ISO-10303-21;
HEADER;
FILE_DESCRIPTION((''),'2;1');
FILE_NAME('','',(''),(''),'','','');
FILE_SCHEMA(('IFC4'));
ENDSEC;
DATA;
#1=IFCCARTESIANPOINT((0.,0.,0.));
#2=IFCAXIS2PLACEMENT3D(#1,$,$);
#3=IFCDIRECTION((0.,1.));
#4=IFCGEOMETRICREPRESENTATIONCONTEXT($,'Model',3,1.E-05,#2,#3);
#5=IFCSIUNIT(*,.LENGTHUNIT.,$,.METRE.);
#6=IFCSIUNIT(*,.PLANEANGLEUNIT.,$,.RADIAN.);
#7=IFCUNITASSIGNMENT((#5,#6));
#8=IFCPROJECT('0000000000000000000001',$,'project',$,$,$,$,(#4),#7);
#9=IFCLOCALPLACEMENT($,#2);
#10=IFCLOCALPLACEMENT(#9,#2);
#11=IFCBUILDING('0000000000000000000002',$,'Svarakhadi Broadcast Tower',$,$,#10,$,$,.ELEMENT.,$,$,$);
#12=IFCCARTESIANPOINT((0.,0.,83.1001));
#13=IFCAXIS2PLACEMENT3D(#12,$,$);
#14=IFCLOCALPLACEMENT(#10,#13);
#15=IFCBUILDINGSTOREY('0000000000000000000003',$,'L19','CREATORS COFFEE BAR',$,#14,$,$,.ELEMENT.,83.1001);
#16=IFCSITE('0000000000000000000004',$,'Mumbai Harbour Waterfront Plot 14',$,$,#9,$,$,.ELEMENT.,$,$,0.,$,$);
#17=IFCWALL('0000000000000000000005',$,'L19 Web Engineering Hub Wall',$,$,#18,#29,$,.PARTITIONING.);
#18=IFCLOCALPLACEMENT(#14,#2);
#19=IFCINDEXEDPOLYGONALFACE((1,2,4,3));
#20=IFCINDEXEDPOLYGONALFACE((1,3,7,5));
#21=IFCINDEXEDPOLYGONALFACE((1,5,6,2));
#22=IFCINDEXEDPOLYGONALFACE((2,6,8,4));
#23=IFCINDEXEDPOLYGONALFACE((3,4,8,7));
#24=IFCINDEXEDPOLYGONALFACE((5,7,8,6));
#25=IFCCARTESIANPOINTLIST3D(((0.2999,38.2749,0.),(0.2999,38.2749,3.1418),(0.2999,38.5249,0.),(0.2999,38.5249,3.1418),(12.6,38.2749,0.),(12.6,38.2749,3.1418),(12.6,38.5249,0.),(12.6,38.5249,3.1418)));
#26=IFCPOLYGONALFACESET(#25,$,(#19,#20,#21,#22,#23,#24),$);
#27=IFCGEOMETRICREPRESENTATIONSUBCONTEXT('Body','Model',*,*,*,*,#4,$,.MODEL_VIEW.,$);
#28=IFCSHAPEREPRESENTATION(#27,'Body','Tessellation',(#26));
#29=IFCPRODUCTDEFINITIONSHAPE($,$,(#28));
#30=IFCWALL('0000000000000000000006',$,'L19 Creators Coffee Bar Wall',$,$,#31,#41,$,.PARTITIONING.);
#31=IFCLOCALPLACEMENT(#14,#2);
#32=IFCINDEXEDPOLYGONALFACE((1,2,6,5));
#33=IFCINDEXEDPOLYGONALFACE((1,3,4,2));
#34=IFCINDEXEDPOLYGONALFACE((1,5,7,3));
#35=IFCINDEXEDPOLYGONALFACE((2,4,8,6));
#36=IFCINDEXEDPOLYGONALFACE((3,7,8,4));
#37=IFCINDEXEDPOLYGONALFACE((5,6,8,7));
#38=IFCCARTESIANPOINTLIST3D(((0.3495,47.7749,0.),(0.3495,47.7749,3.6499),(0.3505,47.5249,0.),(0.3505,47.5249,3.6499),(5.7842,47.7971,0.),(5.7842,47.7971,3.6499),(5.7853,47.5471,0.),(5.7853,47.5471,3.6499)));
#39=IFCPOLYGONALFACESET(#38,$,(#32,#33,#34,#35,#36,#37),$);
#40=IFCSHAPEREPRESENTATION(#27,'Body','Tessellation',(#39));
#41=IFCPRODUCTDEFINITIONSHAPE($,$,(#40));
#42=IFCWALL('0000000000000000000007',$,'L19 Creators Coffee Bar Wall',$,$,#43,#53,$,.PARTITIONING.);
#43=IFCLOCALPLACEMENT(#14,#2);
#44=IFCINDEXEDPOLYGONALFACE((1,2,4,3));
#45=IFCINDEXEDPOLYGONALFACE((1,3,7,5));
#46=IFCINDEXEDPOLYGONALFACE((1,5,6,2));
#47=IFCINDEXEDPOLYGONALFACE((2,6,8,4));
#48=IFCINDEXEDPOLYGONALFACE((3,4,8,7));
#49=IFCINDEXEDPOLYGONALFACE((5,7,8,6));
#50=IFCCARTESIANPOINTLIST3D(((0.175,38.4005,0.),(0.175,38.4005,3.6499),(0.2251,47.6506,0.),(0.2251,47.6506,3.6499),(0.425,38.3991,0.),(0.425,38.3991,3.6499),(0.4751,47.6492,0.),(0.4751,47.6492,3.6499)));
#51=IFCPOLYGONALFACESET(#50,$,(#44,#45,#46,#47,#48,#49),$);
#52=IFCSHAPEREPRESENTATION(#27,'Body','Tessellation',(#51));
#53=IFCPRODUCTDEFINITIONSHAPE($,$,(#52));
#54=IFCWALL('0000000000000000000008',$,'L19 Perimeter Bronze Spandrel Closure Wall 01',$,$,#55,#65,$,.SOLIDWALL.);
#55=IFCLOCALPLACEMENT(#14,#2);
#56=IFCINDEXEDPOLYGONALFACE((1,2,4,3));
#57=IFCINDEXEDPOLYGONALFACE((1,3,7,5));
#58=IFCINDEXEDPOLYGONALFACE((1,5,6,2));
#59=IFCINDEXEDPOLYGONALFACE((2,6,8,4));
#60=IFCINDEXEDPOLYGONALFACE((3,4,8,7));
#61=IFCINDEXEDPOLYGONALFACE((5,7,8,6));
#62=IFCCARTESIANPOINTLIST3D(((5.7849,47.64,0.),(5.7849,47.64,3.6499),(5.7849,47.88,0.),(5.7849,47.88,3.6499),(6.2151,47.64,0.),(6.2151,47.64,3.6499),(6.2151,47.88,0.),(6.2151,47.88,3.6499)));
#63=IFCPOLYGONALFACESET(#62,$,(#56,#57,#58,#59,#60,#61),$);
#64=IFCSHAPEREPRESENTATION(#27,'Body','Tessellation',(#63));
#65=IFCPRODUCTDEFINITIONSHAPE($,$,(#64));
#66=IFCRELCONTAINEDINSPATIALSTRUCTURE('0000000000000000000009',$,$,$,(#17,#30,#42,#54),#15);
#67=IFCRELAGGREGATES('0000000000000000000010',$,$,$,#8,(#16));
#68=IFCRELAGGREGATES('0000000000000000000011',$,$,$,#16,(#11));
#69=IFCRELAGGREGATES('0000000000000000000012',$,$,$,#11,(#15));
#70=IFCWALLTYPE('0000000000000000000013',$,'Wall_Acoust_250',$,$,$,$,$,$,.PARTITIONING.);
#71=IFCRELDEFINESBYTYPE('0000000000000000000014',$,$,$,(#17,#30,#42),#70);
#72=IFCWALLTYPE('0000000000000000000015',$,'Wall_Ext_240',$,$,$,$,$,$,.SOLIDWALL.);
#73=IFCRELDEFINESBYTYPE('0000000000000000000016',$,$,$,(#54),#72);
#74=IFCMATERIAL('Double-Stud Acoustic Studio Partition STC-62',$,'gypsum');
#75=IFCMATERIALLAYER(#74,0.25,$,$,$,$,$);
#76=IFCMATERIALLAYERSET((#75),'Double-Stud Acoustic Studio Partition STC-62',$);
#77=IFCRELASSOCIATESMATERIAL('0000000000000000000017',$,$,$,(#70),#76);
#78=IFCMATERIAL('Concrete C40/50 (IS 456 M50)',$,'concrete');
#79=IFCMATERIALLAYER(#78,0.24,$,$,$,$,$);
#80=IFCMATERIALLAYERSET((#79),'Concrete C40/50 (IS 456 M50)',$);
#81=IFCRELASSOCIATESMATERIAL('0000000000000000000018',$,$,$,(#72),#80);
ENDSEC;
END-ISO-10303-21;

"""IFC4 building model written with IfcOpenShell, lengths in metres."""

from ifc_helpers import new_model, si_unit, direction, frame, frame_2d, origin, place, context, subcontext, project, spatial, rectangle, extrude, material, layer, layer_set, type_object, element, save


model = new_model("IFC4")

# Units and contexts
model_context = context("Model", 3, precision=1e-05, world=origin(), true_north=direction((0.0, 1.0)))
body_context = subcontext(model_context, "Body", "Model", "MODEL_VIEW")
ifc_project = project(units=[si_unit("LENGTHUNIT", "METRE"), si_unit("PLANEANGLEUNIT", "RADIAN")], contexts=[model_context])

# Site, building, storey
site_placement = place(None, origin())
site = spatial("IfcSite", under=ifc_project, at=site_placement, Name="Mumbai Harbour Waterfront Plot 14", CompositionType="ELEMENT", RefElevation=0.0)
building_placement = place(site_placement, origin())
building = spatial("IfcBuilding", under=site, at=building_placement, Name="Svarakhadi Broadcast Tower", CompositionType="ELEMENT")
storey_placement = place(building_placement, frame((0.0, 0.0, 83.1001)))
storey = spatial("IfcBuildingStorey", under=building, at=storey_placement, Name="L19", Description="CREATORS COFFEE BAR", CompositionType="ELEMENT", Elevation=83.1001)

# Walls
ifc_material_1 = material(Name="Double-Stud Acoustic Studio Partition STC-62", Category="gypsum")
ifc_layer_1 = layer(ifc_material_1, 0.25)
ifc_layer_set_1 = layer_set([ifc_layer_1], Name="Double-Stud Acoustic Studio Partition STC-62")
wall_type_1 = type_object("IfcWallType", Name="Wall_Acoust_250", PredefinedType="PARTITIONING", material=ifc_layer_set_1)
wall_1_placement = place(storey_placement, frame((0.3, 38.3999, 0.0), z_axis=(0.0, 0.0, 1.0), x_axis=(1.0, 0.0, 0.0)))
element("IfcWall", 1, at=wall_1_placement, inside=storey, type_object=wall_type_1, Name="L19 Web Engineering Hub Wall", PredefinedType="PARTITIONING", context=body_context, shape_type="SweptSolid", body=[
    extrude(rectangle(XDim=12.3, YDim=0.25, at=frame_2d((6.1499, 0.0))), origin(), (0.0, 0.0, 1.0), 3.1418),
])
wall_2_placement = place(storey_placement, frame((0.3501, 47.6499, 0.0), z_axis=(0.0, 0.0, 1.0), x_axis=(0.999992, 0.004088, 0.0)))
element("IfcWall", 2, at=wall_2_placement, inside=storey, type_object=wall_type_1, Name="L19 Creators Coffee Bar Wall", PredefinedType="PARTITIONING", context=body_context, shape_type="SweptSolid", body=[
    extrude(rectangle(XDim=5.4348, YDim=0.25, at=frame_2d((2.7173, 0.0))), origin(), (0.0, 0.0, 1.0), 3.6499),
])
wall_3_placement = place(storey_placement, frame((0.3, 38.3999, 0.0), z_axis=(0.0, 0.0, 1.0), x_axis=(0.005411, 0.999985, 0.0)))
element("IfcWall", 3, at=wall_3_placement, inside=storey, type_object=wall_type_1, Name="L19 Creators Coffee Bar Wall", PredefinedType="PARTITIONING", context=body_context, shape_type="SweptSolid", body=[
    extrude(rectangle(XDim=9.2502, YDim=0.25, at=frame_2d((4.625, 0.0))), origin(), (0.0, 0.0, 1.0), 3.6499),
])
ifc_material_2 = material(Name="Concrete C40/50 (IS 456 M50)", Category="concrete")
ifc_layer_2 = layer(ifc_material_2, 0.24)
ifc_layer_set_2 = layer_set([ifc_layer_2], Name="Concrete C40/50 (IS 456 M50)")
wall_type_2 = type_object("IfcWallType", Name="Wall_Ext_240", PredefinedType="SOLIDWALL", material=ifc_layer_set_2)
wall_4_placement = place(storey_placement, frame((5.7849, 47.76, 0.0), z_axis=(0.0, 0.0, 1.0), x_axis=(1.0, 0.0, 0.0)))
element("IfcWall", 4, at=wall_4_placement, inside=storey, type_object=wall_type_2, Name="L19 Perimeter Bronze Spandrel Closure Wall 01", PredefinedType="SOLIDWALL", context=body_context, shape_type="SweptSolid", body=[
    extrude(rectangle(XDim=0.4302, YDim=0.24, at=frame_2d((0.2151, 0.0))), origin(), (0.0, 0.0, 1.0), 3.6499),
])

save(model, "model.ifc")
